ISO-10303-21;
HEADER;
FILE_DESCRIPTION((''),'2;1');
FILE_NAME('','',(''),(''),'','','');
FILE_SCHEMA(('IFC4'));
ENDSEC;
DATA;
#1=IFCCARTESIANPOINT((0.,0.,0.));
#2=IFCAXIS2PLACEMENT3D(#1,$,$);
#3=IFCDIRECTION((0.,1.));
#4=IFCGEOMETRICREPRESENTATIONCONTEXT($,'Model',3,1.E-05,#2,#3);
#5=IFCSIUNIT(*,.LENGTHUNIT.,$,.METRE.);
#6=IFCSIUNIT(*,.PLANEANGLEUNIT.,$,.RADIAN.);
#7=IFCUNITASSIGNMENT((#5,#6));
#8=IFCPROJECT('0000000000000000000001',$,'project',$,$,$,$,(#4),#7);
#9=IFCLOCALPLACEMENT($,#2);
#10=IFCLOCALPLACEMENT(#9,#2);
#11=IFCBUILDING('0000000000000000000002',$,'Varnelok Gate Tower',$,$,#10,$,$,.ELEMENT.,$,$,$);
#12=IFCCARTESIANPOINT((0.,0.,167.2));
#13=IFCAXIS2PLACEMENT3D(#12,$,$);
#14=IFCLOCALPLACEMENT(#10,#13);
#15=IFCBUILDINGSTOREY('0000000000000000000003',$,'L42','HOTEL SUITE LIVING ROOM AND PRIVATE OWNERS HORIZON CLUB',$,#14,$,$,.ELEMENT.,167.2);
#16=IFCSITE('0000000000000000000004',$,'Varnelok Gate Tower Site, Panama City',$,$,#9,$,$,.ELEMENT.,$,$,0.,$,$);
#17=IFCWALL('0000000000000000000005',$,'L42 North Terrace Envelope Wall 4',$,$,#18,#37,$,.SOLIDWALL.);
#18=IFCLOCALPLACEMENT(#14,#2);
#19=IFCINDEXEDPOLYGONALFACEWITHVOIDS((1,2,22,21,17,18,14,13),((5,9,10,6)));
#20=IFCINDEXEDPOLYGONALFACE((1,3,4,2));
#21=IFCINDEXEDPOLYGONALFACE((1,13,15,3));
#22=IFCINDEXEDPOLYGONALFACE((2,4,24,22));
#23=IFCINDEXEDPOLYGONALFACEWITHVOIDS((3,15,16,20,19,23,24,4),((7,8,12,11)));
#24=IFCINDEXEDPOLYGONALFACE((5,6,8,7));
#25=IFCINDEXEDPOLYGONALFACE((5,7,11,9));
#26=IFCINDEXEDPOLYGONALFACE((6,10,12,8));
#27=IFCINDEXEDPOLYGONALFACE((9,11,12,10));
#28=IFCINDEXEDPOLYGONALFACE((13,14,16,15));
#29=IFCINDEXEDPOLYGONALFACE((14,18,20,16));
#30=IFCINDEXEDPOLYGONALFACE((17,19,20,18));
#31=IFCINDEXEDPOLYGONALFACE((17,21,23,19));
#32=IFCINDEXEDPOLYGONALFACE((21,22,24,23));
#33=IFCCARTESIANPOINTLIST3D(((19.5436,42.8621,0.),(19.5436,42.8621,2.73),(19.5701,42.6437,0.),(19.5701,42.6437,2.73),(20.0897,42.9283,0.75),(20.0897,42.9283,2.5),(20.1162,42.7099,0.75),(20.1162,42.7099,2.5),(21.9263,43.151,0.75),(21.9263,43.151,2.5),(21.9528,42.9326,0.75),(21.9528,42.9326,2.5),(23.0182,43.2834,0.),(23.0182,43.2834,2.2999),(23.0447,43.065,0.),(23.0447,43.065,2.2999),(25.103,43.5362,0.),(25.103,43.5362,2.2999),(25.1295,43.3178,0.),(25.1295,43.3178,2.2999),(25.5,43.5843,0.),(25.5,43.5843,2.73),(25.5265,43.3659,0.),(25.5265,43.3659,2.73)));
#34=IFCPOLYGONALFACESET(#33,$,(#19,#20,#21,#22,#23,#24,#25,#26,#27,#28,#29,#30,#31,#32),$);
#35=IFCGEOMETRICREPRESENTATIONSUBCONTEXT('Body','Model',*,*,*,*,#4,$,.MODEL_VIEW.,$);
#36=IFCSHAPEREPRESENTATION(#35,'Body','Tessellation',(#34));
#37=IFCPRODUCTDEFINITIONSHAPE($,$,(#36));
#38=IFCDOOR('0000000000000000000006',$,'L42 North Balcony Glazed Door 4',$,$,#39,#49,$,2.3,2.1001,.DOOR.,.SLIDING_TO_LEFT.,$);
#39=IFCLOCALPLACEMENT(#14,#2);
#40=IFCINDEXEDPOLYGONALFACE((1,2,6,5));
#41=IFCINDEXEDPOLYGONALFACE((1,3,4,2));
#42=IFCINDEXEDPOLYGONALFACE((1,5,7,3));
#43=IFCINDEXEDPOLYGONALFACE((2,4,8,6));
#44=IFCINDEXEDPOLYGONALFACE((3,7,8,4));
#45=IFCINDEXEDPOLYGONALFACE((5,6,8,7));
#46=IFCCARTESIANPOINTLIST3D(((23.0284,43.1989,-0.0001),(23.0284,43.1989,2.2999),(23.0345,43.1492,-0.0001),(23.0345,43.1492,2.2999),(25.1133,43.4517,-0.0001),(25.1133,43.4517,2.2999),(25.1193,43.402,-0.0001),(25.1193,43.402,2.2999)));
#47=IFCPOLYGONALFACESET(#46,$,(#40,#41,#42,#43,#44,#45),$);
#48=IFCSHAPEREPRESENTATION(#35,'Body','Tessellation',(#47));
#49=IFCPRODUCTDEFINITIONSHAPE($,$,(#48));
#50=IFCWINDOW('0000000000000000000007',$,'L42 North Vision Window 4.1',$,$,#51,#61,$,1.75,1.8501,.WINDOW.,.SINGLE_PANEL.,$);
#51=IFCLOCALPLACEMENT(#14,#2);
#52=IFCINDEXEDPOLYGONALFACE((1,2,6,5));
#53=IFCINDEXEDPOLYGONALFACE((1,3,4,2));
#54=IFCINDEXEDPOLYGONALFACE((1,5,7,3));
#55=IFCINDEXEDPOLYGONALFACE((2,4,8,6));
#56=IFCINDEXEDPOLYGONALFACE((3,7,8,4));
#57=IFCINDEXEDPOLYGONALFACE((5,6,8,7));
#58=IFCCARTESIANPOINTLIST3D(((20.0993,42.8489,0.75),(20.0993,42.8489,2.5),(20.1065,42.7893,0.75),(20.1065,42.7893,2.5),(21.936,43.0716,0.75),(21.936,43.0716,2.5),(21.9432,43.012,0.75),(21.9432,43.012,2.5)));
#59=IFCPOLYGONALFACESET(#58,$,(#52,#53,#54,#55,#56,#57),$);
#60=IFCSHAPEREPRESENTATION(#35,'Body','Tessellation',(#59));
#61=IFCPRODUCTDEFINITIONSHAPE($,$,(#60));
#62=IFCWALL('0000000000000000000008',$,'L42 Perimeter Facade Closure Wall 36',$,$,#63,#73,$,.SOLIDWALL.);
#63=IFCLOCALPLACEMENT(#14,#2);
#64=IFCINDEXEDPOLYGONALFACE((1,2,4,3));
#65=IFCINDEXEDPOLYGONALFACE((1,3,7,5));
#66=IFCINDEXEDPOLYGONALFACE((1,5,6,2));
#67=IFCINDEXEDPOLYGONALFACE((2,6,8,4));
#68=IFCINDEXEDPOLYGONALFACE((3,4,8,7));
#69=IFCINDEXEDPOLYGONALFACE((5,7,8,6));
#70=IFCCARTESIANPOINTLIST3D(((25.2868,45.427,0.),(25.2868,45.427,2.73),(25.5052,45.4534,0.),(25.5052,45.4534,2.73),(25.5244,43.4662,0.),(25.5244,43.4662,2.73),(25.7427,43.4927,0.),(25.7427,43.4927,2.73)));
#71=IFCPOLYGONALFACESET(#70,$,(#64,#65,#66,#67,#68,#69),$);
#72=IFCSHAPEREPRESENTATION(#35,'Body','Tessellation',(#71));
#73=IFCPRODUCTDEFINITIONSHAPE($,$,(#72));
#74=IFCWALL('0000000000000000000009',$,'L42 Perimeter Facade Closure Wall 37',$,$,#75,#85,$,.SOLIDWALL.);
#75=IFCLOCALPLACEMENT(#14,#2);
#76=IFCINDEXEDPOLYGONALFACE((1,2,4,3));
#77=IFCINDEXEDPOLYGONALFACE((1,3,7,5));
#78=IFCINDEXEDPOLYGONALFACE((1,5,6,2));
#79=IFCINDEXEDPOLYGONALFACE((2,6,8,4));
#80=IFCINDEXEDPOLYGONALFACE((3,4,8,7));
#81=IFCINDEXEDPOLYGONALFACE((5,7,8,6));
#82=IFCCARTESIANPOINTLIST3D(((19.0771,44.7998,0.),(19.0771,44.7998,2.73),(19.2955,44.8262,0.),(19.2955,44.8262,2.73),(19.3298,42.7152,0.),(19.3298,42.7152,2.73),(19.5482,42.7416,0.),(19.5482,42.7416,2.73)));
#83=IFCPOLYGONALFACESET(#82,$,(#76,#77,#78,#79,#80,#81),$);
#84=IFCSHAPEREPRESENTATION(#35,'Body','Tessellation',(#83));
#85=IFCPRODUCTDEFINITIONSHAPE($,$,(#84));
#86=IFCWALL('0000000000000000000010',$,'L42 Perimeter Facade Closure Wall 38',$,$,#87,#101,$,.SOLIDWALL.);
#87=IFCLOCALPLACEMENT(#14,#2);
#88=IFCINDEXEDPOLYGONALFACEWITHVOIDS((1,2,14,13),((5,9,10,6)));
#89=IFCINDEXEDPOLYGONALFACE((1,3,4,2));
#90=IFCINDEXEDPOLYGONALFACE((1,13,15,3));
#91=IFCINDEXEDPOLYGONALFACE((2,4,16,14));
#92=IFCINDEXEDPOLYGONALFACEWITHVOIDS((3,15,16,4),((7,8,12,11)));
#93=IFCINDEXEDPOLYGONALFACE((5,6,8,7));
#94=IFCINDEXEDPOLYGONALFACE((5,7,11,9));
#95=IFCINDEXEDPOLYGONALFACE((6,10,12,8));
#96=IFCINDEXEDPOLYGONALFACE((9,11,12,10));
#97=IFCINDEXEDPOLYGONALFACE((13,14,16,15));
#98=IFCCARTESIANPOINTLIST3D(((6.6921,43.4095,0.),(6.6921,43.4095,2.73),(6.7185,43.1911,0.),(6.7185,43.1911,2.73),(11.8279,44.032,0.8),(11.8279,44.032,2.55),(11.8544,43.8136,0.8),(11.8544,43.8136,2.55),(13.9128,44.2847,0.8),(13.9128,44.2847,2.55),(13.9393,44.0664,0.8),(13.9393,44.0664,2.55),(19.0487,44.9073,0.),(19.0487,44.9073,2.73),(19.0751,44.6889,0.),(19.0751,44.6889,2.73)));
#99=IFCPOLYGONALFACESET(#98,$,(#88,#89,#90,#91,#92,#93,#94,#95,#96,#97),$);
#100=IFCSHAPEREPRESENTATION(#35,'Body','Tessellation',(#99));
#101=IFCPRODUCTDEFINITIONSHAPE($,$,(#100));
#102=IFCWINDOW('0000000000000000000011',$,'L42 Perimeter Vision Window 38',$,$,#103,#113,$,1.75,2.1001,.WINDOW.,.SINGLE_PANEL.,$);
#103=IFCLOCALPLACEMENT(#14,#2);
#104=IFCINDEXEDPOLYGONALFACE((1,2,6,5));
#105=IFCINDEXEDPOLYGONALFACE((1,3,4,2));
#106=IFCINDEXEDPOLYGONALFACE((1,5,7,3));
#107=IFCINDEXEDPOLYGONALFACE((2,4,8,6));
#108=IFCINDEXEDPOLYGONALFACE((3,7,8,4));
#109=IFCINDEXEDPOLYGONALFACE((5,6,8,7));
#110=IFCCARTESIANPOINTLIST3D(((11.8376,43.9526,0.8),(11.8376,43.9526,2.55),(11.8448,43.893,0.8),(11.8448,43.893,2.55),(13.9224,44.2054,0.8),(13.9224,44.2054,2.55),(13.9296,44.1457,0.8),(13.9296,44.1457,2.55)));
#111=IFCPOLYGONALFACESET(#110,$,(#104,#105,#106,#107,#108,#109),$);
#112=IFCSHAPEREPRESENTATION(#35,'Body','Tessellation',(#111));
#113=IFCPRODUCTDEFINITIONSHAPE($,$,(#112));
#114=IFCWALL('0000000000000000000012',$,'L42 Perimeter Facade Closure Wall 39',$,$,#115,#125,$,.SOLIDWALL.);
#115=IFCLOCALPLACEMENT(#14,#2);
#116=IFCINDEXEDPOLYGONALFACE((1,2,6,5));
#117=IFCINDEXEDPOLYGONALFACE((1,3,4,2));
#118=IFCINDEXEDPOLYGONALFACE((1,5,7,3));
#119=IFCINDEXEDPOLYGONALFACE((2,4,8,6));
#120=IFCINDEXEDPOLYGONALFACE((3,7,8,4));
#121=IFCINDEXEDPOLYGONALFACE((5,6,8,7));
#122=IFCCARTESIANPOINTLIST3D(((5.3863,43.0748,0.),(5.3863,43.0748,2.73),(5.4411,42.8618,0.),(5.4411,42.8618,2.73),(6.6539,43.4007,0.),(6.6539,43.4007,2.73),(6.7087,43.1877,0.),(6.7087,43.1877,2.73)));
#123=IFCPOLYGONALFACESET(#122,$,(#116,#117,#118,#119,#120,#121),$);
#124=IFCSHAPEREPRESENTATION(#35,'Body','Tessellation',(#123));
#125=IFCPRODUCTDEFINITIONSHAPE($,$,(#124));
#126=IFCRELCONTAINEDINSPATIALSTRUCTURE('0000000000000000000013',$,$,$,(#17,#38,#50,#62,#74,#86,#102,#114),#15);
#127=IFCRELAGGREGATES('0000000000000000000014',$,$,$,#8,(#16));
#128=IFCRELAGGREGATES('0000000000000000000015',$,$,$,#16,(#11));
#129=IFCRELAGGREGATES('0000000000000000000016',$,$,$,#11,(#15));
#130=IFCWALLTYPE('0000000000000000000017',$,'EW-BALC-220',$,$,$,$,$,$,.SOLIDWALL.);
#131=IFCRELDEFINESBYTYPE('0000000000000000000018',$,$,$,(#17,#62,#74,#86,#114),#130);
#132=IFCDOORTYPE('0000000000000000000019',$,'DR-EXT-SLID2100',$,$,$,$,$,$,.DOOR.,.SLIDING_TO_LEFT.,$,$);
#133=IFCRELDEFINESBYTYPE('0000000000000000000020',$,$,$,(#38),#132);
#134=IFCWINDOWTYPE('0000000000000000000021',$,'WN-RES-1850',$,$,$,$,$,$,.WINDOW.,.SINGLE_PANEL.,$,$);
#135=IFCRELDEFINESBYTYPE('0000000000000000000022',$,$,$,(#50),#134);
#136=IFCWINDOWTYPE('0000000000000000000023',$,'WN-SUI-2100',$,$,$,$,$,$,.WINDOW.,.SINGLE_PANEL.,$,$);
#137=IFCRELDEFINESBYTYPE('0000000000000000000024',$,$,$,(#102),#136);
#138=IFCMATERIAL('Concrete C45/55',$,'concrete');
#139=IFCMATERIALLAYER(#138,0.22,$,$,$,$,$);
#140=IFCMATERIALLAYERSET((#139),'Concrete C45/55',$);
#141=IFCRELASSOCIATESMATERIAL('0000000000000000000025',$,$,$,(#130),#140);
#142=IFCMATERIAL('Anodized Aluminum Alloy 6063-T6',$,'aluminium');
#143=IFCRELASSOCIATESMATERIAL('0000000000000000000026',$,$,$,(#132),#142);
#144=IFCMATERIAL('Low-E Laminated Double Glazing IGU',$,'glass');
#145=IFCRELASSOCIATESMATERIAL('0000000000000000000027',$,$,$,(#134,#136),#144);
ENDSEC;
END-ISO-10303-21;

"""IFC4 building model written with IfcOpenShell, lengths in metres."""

from ifc_helpers import new_model, si_unit, direction, frame, frame_2d, origin, place, context, subcontext, project, spatial, rectangle, extrude, material, layer, layer_set, type_object, element, fill, save


model = new_model("IFC4")

# Units and contexts
model_context = context("Model", 3, precision=1e-05, world=origin(), true_north=direction((0.0, 1.0)))
body_context = subcontext(model_context, "Body", "Model", "MODEL_VIEW")
ifc_project = project(units=[si_unit("LENGTHUNIT", "METRE"), si_unit("PLANEANGLEUNIT", "RADIAN")], contexts=[model_context])

# Site, building, storey
site_placement = place(None, origin())
site = spatial("IfcSite", under=ifc_project, at=site_placement, Name="Varnelok Gate Tower Site, Panama City", CompositionType="ELEMENT", RefElevation=0.0)
building_placement = place(site_placement, origin())
building = spatial("IfcBuilding", under=site, at=building_placement, Name="Varnelok Gate Tower", CompositionType="ELEMENT")
storey_placement = place(building_placement, frame((0.0, 0.0, 167.2)))
storey = spatial("IfcBuildingStorey", under=building, at=storey_placement, Name="L42", Description="HOTEL SUITE LIVING ROOM AND PRIVATE OWNERS HORIZON CLUB", CompositionType="ELEMENT", Elevation=167.2)

# Wall, openings, door, window
ifc_material_1 = material(Name="Concrete C45/55", Category="concrete")
ifc_layer_1 = layer(ifc_material_1, 0.22)
ifc_layer_set_1 = layer_set([ifc_layer_1], Name="Concrete C45/55")
wall_type_1 = type_object("IfcWallType", Name="EW-BALC-220", PredefinedType="SOLIDWALL", material=ifc_layer_set_1)
wall_1_placement = place(storey_placement, frame((19.5569, 42.7529, 0.0), z_axis=(0.0, 0.0, 1.0), x_axis=(0.99273, 0.120363, 0.0)))
wall_1 = element("IfcWall", 1, at=wall_1_placement, inside=storey, type_object=wall_type_1, Name="L42 North Terrace Envelope Wall 4", PredefinedType="SOLIDWALL", context=body_context, shape_type="SweptSolid", body=[
    extrude(rectangle(XDim=6.0, YDim=0.22, at=frame_2d((3.0, 0.0))), origin(), (0.0, 0.0, 1.0), 2.73),
])
opening_1_placement = place(wall_1_placement, frame((3.5, 0.0, 0.0)))
opening_1 = element("IfcOpeningElement", 2, at=opening_1_placement, cuts=wall_1, PredefinedType="OPENING", context=body_context, shape_type="SweptSolid", body=[
    extrude(rectangle(XDim=2.1001, YDim=2.3, at=frame_2d((1.05, 1.1499))), frame((0.0, 0.1199, 0.0), z_axis=(0.0, -1.0, 0.0), x_axis=(1.0, 0.0, 0.0)), (0.0, 0.0, 1.0), 0.24),
])
opening_2_placement = place(wall_1_placement, frame((0.55, 0.0, 0.75)))
opening_2 = element("IfcOpeningElement", 3, at=opening_2_placement, cuts=wall_1, PredefinedType="OPENING", context=body_context, shape_type="SweptSolid", body=[
    extrude(rectangle(XDim=1.8501, YDim=1.75, at=frame_2d((0.925, 0.875))), frame((0.0, 0.1199, 0.0), z_axis=(0.0, -1.0, 0.0), x_axis=(1.0, 0.0, 0.0)), (0.0, 0.0, 1.0), 0.24),
])
ifc_material_2 = material(Name="Anodized Aluminum Alloy 6063-T6", Category="aluminium")
door_type_1 = type_object("IfcDoorType", Name="DR-EXT-SLID2100", OperationType="SLIDING_TO_LEFT", PredefinedType="DOOR", material=ifc_material_2)
door_1_placement = place(opening_1_placement, origin())
door_1 = element("IfcDoor", 4, at=door_1_placement, inside=storey, type_object=door_type_1, Name="L42 North Balcony Glazed Door 4", OperationType="SLIDING_TO_LEFT", OverallHeight=2.3, OverallWidth=2.1001, PredefinedType="DOOR", context=body_context, shape_type="SweptSolid", body=[
    extrude(rectangle(XDim=2.1001, YDim=2.3, at=frame_2d((1.05, 1.1499))), frame((0.0, 0.0249, 0.0), z_axis=(0.0, -1.0, 0.0), x_axis=(1.0, 0.0, 0.0)), (0.0, 0.0, 1.0), 0.05),
])
fill(opening_1, door_1)
ifc_material_3 = material(Name="Low-E Laminated Double Glazing IGU", Category="glass")
window_type_1 = type_object("IfcWindowType", Name="WN-RES-1850", PartitioningType="SINGLE_PANEL", PredefinedType="WINDOW", material=ifc_material_3)
window_1_placement = place(opening_2_placement, origin())
window_1 = element("IfcWindow", 5, at=window_1_placement, inside=storey, type_object=window_type_1, Name="L42 North Vision Window 4.1", OverallHeight=1.75, OverallWidth=1.8501, PartitioningType="SINGLE_PANEL", PredefinedType="WINDOW", context=body_context, shape_type="SweptSolid", body=[
    extrude(rectangle(XDim=1.8501, YDim=1.75, at=frame_2d((0.925, 0.875))), frame((0.0, 0.03, 0.0), z_axis=(0.0, -1.0, 0.0), x_axis=(1.0, 0.0, 0.0)), (0.0, 0.0, 1.0), 0.0601),
])
fill(opening_2, window_1)

# Walls
wall_2_placement = place(storey_placement, frame((25.396, 45.4402, 0.0), z_axis=(0.0, 0.0, 1.0), x_axis=(0.120276, -0.99274, 0.0)))
element("IfcWall", 6, at=wall_2_placement, inside=storey, type_object=wall_type_1, Name="L42 Perimeter Facade Closure Wall 36", PredefinedType="SOLIDWALL", context=body_context, shape_type="SweptSolid", body=[
    extrude(rectangle(XDim=1.9751, YDim=0.22, at=frame_2d((0.9875, 0.0))), origin(), (0.0, 0.0, 1.0), 2.73),
])
wall_3_placement = place(storey_placement, frame((19.439, 42.7285, 0.0), z_axis=(0.0, 0.0, 1.0), x_axis=(-0.120328, 0.992734, 0.0)))
element("IfcWall", 7, at=wall_3_placement, inside=storey, type_object=wall_type_1, Name="L42 Perimeter Facade Closure Wall 37", PredefinedType="SOLIDWALL", context=body_context, shape_type="SweptSolid", body=[
    extrude(rectangle(XDim=2.0999, YDim=0.22, at=frame_2d((1.0498, 0.0))), origin(), (0.0, 0.0, 1.0), 2.73),
])

# Wall, opening, window
wall_4_placement = place(storey_placement, frame((19.062, 44.7981, 0.0), z_axis=(0.0, 0.0, 1.0), x_axis=(-0.992734, -0.120333, 0.0)))
wall_4 = element("IfcWall", 8, at=wall_4_placement, inside=storey, type_object=wall_type_1, Name="L42 Perimeter Facade Closure Wall 38", PredefinedType="SOLIDWALL", context=body_context, shape_type="SweptSolid", body=[
    extrude(rectangle(XDim=12.447, YDim=0.22, at=frame_2d((6.2236, 0.0))), origin(), (0.0, 0.0, 1.0), 2.73),
])
opening_3_placement = place(wall_4_placement, frame((5.1736, 0.0, 0.8)))
opening_3 = element("IfcOpeningElement", 9, at=opening_3_placement, cuts=wall_4, PredefinedType="OPENING", context=body_context, shape_type="SweptSolid", body=[
    extrude(rectangle(XDim=2.1001, YDim=1.75, at=frame_2d((1.05, 0.875))), frame((0.0, 0.1199, 0.0), z_axis=(0.0, -1.0, 0.0), x_axis=(1.0, 0.0, 0.0)), (0.0, 0.0, 1.0), 0.24),
])
window_type_2 = type_object("IfcWindowType", Name="WN-SUI-2100", PartitioningType="SINGLE_PANEL", PredefinedType="WINDOW", material=ifc_material_3)
window_2_placement = place(opening_3_placement, origin())
window_2 = element("IfcWindow", 10, at=window_2_placement, inside=storey, type_object=window_type_2, Name="L42 Perimeter Vision Window 38", OverallHeight=1.75, OverallWidth=2.1001, PartitioningType="SINGLE_PANEL", PredefinedType="WINDOW", context=body_context, shape_type="SweptSolid", body=[
    extrude(rectangle(XDim=2.1001, YDim=1.75, at=frame_2d((1.05, 0.875))), frame((0.0, 0.03, 0.0), z_axis=(0.0, -1.0, 0.0), x_axis=(1.0, 0.0, 0.0)), (0.0, 0.0, 1.0), 0.0601),
])
fill(opening_3, window_2)

# Wall
wall_5_placement = place(storey_placement, frame((6.6812, 43.2942, 0.0), z_axis=(0.0, 0.0, 1.0), x_axis=(-0.968497, -0.249026, 0.0)))
element("IfcWall", 11, at=wall_5_placement, inside=storey, type_object=wall_type_1, Name="L42 Perimeter Facade Closure Wall 39", PredefinedType="SOLIDWALL", context=body_context, shape_type="SweptSolid", body=[
    extrude(rectangle(XDim=1.3088, YDim=0.22, at=frame_2d((0.6543, 0.0))), origin(), (0.0, 0.0, 1.0), 2.73),
])

save(model, "model.ifc")
